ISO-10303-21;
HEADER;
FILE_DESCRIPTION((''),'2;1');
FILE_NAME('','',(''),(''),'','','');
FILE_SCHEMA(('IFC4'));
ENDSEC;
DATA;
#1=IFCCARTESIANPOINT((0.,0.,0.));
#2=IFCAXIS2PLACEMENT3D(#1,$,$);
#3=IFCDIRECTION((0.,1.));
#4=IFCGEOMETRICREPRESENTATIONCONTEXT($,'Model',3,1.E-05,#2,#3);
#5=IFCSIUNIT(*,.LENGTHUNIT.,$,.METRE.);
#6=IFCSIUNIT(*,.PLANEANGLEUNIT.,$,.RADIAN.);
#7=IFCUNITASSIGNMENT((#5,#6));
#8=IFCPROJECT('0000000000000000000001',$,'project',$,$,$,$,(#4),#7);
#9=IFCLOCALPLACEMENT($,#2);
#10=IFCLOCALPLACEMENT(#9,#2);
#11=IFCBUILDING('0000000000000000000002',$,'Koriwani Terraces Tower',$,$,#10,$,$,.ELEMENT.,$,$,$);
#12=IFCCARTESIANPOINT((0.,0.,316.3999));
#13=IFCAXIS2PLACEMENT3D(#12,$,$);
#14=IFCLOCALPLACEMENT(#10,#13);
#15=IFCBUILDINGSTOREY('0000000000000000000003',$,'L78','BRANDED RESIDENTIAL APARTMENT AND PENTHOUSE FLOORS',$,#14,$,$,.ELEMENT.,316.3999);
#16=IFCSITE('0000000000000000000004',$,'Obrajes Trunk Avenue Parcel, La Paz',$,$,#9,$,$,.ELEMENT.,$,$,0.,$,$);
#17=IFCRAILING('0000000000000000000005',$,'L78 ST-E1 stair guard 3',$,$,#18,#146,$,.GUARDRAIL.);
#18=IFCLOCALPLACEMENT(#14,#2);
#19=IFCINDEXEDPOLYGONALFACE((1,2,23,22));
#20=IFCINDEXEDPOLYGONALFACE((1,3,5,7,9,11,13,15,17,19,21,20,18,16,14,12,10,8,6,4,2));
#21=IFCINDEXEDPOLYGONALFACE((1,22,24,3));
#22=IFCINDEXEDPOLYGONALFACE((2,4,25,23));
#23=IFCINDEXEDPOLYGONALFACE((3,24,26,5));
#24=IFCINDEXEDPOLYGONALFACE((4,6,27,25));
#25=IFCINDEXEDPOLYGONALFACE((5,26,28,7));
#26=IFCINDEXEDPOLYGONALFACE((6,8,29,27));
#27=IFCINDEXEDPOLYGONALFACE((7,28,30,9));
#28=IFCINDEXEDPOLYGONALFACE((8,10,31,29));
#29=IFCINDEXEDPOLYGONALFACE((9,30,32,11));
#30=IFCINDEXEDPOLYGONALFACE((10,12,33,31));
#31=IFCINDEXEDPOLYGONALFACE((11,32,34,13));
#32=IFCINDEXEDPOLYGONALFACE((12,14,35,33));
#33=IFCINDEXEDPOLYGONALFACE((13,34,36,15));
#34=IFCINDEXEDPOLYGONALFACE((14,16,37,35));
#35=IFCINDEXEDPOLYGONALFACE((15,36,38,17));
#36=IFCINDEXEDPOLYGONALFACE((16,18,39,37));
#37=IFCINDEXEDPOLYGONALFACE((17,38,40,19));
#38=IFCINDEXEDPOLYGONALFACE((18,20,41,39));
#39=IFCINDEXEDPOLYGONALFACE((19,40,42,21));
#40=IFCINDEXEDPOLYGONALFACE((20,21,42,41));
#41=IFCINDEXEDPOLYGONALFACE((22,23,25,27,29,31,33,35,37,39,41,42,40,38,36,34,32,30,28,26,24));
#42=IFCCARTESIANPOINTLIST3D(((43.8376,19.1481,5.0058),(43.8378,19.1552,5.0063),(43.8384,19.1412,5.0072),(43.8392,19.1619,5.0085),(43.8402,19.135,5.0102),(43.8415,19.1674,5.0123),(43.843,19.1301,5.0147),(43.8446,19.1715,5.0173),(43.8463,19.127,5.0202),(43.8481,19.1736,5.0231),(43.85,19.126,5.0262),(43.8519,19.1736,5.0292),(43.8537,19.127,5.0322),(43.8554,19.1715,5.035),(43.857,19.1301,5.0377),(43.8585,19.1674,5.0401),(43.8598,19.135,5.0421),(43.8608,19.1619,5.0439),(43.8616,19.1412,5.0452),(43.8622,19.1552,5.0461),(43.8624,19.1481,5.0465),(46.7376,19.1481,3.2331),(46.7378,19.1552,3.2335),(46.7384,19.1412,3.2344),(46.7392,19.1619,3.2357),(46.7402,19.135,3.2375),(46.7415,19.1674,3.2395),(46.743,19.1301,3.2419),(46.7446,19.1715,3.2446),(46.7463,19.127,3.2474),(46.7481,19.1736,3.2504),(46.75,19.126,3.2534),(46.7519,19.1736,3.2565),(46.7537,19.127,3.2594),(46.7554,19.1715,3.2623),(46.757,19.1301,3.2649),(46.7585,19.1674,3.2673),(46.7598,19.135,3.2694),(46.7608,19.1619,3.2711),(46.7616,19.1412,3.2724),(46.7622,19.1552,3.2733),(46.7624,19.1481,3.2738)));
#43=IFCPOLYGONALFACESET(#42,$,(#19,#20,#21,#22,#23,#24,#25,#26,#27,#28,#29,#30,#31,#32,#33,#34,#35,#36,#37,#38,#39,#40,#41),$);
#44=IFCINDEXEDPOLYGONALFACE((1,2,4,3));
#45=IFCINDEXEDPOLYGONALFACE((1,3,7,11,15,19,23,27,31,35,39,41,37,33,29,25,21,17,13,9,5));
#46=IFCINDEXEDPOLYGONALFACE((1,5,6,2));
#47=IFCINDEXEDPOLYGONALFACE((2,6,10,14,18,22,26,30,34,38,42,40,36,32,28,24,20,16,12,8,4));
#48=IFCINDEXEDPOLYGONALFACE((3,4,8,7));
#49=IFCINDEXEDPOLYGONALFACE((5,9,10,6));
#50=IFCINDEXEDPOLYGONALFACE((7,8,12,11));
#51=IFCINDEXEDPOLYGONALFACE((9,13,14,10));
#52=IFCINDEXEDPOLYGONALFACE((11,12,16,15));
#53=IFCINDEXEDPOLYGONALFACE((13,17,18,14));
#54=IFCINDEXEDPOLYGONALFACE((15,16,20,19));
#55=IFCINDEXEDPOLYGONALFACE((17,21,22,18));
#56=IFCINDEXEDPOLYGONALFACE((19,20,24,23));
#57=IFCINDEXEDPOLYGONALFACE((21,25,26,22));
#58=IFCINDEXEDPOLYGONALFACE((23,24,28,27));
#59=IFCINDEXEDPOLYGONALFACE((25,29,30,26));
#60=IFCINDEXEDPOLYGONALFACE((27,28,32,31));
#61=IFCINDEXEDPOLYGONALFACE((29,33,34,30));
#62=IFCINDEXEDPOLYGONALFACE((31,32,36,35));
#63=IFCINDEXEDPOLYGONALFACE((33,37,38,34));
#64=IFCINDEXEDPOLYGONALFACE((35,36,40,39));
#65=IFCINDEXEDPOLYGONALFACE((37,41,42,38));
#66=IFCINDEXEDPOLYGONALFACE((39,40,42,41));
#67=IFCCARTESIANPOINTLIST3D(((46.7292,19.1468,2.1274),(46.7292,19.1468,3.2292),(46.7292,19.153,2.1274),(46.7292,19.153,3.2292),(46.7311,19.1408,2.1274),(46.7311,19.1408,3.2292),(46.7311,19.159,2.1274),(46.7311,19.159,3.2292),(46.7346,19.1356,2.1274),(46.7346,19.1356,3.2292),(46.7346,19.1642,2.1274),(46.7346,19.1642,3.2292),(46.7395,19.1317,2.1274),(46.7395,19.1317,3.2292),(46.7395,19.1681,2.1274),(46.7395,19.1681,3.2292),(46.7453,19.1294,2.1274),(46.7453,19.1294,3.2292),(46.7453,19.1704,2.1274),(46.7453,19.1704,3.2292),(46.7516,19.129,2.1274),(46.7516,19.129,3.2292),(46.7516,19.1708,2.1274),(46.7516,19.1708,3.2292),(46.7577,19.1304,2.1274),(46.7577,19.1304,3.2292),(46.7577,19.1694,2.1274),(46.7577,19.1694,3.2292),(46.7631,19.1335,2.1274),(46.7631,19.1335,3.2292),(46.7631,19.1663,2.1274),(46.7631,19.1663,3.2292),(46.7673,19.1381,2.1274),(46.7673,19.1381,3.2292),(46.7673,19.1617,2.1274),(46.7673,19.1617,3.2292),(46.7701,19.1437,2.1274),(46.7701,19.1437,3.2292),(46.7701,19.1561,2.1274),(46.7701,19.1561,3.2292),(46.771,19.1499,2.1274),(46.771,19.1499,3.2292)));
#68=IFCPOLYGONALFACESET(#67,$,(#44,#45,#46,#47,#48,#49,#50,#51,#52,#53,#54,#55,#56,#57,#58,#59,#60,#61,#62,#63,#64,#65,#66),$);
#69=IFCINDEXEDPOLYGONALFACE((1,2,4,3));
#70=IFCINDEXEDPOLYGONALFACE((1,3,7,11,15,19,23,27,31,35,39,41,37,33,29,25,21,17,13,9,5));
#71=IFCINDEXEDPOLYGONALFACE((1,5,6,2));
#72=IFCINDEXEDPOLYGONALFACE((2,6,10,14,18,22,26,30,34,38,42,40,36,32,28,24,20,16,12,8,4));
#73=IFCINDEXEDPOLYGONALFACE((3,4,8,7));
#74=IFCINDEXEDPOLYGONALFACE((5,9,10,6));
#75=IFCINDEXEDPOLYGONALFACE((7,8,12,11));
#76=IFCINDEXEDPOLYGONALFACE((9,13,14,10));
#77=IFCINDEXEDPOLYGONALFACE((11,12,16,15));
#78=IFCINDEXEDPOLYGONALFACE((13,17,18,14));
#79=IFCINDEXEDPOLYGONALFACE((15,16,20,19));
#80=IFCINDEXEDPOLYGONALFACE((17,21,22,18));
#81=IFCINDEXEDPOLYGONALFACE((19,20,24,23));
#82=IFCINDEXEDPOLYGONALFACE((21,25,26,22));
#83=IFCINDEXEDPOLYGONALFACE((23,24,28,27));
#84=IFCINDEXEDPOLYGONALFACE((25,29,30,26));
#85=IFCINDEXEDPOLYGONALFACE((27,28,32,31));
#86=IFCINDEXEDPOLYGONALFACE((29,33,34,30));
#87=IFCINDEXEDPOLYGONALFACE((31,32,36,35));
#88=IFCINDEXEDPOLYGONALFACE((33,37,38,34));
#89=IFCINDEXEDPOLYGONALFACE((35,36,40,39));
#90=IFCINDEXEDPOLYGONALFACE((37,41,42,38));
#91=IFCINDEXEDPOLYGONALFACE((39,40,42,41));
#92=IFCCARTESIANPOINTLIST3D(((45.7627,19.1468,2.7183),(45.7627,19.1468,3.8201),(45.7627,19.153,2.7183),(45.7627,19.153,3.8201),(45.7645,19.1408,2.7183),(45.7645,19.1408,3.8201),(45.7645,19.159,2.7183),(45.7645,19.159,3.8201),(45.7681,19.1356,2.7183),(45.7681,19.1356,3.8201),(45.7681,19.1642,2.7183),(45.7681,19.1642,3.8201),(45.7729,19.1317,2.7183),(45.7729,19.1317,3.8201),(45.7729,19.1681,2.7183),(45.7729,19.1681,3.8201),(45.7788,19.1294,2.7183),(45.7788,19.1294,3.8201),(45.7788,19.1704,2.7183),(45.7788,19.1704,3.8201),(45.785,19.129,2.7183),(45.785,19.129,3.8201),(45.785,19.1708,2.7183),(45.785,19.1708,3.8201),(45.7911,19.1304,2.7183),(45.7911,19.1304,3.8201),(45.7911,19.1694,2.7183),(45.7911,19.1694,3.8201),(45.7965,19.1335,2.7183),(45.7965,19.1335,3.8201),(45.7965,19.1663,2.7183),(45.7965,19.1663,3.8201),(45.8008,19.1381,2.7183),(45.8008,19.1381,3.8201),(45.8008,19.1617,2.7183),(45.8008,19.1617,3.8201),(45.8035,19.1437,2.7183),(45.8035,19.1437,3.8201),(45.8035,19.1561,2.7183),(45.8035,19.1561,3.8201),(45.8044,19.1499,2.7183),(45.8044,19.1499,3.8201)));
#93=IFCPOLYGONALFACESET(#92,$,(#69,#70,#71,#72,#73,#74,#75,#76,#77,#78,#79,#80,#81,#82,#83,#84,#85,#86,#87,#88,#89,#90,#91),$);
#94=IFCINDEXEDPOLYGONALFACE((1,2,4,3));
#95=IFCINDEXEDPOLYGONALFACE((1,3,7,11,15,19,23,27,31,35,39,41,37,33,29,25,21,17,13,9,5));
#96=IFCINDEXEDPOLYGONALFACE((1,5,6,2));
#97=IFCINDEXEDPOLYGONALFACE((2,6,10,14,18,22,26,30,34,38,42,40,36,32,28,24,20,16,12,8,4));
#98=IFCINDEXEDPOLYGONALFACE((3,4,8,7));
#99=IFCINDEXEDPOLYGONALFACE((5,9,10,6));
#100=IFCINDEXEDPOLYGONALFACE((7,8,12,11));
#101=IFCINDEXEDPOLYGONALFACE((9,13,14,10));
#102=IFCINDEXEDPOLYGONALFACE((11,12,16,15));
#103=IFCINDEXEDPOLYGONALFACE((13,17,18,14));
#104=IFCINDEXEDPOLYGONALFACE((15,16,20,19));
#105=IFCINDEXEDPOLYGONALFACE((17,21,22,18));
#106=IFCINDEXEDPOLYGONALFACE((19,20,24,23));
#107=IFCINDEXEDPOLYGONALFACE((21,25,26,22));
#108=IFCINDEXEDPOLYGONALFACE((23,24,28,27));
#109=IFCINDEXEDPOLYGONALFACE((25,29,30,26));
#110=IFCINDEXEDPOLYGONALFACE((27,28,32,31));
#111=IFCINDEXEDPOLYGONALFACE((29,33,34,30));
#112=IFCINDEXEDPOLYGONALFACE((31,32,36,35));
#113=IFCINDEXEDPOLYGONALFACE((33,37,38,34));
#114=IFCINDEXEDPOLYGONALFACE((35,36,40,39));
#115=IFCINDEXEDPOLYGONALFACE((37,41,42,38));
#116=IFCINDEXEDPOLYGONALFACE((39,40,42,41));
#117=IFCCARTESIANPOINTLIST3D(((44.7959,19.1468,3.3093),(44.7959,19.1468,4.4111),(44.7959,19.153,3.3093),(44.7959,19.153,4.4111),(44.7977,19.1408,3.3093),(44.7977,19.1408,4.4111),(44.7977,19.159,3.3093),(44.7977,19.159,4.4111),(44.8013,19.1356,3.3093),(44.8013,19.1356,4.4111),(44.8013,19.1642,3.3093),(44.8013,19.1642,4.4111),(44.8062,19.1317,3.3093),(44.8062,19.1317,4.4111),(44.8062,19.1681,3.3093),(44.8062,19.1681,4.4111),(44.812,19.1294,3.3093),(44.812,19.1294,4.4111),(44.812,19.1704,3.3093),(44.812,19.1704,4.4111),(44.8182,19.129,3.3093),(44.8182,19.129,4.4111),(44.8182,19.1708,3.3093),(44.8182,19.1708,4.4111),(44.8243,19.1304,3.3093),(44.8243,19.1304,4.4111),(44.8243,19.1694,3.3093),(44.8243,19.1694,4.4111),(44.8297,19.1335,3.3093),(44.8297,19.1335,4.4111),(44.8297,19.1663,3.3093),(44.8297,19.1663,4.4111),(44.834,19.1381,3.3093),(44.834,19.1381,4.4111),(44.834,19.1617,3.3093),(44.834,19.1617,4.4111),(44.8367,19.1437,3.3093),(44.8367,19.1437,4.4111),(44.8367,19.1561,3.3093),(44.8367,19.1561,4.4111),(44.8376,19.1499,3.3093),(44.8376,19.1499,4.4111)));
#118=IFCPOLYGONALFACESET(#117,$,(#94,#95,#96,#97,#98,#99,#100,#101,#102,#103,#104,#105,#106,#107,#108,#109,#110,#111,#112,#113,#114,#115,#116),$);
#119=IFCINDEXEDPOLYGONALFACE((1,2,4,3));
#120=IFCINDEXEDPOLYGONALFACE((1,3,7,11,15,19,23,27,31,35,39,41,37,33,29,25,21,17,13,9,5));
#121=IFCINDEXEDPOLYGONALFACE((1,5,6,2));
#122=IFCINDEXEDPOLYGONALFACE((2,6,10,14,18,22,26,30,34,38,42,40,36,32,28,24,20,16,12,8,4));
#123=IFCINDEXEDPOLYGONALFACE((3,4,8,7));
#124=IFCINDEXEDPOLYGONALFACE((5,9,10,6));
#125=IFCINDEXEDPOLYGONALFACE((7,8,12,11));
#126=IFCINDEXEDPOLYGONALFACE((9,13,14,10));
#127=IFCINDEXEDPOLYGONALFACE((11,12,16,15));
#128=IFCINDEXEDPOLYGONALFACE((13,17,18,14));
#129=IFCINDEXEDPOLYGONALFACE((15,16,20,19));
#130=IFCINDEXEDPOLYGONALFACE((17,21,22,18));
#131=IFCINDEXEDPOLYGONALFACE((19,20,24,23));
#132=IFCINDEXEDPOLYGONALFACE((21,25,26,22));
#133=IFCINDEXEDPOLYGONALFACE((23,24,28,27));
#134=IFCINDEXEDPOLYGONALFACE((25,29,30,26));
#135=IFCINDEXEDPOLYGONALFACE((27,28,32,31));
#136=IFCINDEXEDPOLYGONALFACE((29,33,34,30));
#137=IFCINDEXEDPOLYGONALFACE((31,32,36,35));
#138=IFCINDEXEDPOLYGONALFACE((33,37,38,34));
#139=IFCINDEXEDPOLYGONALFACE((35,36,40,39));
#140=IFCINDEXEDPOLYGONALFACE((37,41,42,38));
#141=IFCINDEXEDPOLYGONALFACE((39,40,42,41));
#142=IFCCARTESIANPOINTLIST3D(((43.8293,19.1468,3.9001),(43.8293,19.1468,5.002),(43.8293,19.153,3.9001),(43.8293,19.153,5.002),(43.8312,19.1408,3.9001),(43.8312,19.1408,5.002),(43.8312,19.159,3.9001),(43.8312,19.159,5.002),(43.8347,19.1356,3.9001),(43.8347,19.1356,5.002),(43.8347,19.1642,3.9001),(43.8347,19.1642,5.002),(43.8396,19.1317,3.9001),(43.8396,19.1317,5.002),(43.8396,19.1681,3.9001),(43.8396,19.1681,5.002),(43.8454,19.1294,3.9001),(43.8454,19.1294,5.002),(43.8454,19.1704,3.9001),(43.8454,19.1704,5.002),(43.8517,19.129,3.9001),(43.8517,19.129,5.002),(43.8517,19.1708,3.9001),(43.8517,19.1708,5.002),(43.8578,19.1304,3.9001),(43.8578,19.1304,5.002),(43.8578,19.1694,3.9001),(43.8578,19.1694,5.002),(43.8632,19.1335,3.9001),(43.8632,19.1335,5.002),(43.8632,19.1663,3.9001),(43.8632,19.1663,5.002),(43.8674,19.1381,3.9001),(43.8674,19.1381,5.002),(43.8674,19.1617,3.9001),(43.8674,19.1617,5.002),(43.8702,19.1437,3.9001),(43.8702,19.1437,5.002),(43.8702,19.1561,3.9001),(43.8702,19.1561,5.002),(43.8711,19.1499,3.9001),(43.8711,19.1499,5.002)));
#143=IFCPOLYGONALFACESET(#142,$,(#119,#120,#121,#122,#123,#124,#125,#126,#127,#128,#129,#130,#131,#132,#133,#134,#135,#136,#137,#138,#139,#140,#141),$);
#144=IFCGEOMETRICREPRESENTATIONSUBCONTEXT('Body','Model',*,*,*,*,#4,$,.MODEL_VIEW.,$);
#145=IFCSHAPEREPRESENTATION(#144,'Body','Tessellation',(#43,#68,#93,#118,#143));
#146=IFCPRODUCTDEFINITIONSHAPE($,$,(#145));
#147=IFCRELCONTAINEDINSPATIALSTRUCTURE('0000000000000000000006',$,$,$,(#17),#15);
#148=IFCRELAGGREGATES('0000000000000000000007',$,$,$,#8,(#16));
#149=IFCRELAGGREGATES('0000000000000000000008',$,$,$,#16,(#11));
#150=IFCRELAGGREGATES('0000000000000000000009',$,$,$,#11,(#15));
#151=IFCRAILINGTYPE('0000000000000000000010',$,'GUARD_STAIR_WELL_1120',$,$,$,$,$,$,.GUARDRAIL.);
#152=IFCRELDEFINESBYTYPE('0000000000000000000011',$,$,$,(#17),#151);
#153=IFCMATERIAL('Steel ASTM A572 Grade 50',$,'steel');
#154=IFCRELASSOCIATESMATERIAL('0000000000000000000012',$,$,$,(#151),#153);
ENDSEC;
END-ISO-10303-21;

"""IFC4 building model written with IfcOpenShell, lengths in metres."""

from ifc_helpers import new_model, si_unit, direction, frame, origin, origin_2d, place, context, subcontext, project, spatial, circle, extrude, material, type_object, element, save


model = new_model("IFC4")

# Units and contexts
model_context = context("Model", 3, precision=1e-05, world=origin(), true_north=direction((0.0, 1.0)))
body_context = subcontext(model_context, "Body", "Model", "MODEL_VIEW")
ifc_project = project(units=[si_unit("LENGTHUNIT", "METRE"), si_unit("PLANEANGLEUNIT", "RADIAN")], contexts=[model_context])

# Site, building, storey
site_placement = place(None, origin())
site = spatial("IfcSite", under=ifc_project, at=site_placement, Name="Obrajes Trunk Avenue Parcel, La Paz", CompositionType="ELEMENT", RefElevation=0.0)
building_placement = place(site_placement, origin())
building = spatial("IfcBuilding", under=site, at=building_placement, Name="Koriwani Terraces Tower", CompositionType="ELEMENT")
storey_placement = place(building_placement, frame((0.0, 0.0, 316.3999)))
storey = spatial("IfcBuildingStorey", under=building, at=storey_placement, Name="L78", Description="BRANDED RESIDENTIAL APARTMENT AND PENTHOUSE FLOORS", CompositionType="ELEMENT", Elevation=316.3999)

# Shared definitions
ifc_material_1 = material(Name="Steel ASTM A572 Grade 50", Category="steel")

# Railing
railing_type_1 = type_object("IfcRailingType", Name="GUARD_STAIR_WELL_1120", PredefinedType="GUARDRAIL", material=ifc_material_1)
railing_1_placement = place(storey_placement, frame((46.75, 19.1499, 2.1274)))
element("IfcRailing", 1, at=railing_1_placement, inside=storey, type_object=railing_type_1, Name="L78 ST-E1 stair guard 3", PredefinedType="GUARDRAIL", context=body_context, shape_type="SweptSolid", body=[
    extrude(circle(Radius=0.0239, at=origin_2d()), frame((0.0, 0.0, 1.126), z_axis=(-0.853211, 0.0, 0.521566), x_axis=(0.0, -1.0, 0.0)), (0.0, 0.0, 1.0), 3.3989),
    extrude(circle(Radius=0.021, at=origin_2d()), origin(), (0.0, 0.0, 1.0), 1.1018),
    extrude(circle(Radius=0.021, at=origin_2d()), frame((-0.9666, 0.0, 0.5908)), (0.0, 0.0, 1.0), 1.1018),
    extrude(circle(Radius=0.021, at=origin_2d()), frame((-1.9333, 0.0, 1.1819)), (0.0, 0.0, 1.0), 1.1018),
    extrude(circle(Radius=0.021, at=origin_2d()), frame((-2.8999, 0.0, 1.7727)), (0.0, 0.0, 1.0), 1.1018),
])

save(model, "model.ifc")
